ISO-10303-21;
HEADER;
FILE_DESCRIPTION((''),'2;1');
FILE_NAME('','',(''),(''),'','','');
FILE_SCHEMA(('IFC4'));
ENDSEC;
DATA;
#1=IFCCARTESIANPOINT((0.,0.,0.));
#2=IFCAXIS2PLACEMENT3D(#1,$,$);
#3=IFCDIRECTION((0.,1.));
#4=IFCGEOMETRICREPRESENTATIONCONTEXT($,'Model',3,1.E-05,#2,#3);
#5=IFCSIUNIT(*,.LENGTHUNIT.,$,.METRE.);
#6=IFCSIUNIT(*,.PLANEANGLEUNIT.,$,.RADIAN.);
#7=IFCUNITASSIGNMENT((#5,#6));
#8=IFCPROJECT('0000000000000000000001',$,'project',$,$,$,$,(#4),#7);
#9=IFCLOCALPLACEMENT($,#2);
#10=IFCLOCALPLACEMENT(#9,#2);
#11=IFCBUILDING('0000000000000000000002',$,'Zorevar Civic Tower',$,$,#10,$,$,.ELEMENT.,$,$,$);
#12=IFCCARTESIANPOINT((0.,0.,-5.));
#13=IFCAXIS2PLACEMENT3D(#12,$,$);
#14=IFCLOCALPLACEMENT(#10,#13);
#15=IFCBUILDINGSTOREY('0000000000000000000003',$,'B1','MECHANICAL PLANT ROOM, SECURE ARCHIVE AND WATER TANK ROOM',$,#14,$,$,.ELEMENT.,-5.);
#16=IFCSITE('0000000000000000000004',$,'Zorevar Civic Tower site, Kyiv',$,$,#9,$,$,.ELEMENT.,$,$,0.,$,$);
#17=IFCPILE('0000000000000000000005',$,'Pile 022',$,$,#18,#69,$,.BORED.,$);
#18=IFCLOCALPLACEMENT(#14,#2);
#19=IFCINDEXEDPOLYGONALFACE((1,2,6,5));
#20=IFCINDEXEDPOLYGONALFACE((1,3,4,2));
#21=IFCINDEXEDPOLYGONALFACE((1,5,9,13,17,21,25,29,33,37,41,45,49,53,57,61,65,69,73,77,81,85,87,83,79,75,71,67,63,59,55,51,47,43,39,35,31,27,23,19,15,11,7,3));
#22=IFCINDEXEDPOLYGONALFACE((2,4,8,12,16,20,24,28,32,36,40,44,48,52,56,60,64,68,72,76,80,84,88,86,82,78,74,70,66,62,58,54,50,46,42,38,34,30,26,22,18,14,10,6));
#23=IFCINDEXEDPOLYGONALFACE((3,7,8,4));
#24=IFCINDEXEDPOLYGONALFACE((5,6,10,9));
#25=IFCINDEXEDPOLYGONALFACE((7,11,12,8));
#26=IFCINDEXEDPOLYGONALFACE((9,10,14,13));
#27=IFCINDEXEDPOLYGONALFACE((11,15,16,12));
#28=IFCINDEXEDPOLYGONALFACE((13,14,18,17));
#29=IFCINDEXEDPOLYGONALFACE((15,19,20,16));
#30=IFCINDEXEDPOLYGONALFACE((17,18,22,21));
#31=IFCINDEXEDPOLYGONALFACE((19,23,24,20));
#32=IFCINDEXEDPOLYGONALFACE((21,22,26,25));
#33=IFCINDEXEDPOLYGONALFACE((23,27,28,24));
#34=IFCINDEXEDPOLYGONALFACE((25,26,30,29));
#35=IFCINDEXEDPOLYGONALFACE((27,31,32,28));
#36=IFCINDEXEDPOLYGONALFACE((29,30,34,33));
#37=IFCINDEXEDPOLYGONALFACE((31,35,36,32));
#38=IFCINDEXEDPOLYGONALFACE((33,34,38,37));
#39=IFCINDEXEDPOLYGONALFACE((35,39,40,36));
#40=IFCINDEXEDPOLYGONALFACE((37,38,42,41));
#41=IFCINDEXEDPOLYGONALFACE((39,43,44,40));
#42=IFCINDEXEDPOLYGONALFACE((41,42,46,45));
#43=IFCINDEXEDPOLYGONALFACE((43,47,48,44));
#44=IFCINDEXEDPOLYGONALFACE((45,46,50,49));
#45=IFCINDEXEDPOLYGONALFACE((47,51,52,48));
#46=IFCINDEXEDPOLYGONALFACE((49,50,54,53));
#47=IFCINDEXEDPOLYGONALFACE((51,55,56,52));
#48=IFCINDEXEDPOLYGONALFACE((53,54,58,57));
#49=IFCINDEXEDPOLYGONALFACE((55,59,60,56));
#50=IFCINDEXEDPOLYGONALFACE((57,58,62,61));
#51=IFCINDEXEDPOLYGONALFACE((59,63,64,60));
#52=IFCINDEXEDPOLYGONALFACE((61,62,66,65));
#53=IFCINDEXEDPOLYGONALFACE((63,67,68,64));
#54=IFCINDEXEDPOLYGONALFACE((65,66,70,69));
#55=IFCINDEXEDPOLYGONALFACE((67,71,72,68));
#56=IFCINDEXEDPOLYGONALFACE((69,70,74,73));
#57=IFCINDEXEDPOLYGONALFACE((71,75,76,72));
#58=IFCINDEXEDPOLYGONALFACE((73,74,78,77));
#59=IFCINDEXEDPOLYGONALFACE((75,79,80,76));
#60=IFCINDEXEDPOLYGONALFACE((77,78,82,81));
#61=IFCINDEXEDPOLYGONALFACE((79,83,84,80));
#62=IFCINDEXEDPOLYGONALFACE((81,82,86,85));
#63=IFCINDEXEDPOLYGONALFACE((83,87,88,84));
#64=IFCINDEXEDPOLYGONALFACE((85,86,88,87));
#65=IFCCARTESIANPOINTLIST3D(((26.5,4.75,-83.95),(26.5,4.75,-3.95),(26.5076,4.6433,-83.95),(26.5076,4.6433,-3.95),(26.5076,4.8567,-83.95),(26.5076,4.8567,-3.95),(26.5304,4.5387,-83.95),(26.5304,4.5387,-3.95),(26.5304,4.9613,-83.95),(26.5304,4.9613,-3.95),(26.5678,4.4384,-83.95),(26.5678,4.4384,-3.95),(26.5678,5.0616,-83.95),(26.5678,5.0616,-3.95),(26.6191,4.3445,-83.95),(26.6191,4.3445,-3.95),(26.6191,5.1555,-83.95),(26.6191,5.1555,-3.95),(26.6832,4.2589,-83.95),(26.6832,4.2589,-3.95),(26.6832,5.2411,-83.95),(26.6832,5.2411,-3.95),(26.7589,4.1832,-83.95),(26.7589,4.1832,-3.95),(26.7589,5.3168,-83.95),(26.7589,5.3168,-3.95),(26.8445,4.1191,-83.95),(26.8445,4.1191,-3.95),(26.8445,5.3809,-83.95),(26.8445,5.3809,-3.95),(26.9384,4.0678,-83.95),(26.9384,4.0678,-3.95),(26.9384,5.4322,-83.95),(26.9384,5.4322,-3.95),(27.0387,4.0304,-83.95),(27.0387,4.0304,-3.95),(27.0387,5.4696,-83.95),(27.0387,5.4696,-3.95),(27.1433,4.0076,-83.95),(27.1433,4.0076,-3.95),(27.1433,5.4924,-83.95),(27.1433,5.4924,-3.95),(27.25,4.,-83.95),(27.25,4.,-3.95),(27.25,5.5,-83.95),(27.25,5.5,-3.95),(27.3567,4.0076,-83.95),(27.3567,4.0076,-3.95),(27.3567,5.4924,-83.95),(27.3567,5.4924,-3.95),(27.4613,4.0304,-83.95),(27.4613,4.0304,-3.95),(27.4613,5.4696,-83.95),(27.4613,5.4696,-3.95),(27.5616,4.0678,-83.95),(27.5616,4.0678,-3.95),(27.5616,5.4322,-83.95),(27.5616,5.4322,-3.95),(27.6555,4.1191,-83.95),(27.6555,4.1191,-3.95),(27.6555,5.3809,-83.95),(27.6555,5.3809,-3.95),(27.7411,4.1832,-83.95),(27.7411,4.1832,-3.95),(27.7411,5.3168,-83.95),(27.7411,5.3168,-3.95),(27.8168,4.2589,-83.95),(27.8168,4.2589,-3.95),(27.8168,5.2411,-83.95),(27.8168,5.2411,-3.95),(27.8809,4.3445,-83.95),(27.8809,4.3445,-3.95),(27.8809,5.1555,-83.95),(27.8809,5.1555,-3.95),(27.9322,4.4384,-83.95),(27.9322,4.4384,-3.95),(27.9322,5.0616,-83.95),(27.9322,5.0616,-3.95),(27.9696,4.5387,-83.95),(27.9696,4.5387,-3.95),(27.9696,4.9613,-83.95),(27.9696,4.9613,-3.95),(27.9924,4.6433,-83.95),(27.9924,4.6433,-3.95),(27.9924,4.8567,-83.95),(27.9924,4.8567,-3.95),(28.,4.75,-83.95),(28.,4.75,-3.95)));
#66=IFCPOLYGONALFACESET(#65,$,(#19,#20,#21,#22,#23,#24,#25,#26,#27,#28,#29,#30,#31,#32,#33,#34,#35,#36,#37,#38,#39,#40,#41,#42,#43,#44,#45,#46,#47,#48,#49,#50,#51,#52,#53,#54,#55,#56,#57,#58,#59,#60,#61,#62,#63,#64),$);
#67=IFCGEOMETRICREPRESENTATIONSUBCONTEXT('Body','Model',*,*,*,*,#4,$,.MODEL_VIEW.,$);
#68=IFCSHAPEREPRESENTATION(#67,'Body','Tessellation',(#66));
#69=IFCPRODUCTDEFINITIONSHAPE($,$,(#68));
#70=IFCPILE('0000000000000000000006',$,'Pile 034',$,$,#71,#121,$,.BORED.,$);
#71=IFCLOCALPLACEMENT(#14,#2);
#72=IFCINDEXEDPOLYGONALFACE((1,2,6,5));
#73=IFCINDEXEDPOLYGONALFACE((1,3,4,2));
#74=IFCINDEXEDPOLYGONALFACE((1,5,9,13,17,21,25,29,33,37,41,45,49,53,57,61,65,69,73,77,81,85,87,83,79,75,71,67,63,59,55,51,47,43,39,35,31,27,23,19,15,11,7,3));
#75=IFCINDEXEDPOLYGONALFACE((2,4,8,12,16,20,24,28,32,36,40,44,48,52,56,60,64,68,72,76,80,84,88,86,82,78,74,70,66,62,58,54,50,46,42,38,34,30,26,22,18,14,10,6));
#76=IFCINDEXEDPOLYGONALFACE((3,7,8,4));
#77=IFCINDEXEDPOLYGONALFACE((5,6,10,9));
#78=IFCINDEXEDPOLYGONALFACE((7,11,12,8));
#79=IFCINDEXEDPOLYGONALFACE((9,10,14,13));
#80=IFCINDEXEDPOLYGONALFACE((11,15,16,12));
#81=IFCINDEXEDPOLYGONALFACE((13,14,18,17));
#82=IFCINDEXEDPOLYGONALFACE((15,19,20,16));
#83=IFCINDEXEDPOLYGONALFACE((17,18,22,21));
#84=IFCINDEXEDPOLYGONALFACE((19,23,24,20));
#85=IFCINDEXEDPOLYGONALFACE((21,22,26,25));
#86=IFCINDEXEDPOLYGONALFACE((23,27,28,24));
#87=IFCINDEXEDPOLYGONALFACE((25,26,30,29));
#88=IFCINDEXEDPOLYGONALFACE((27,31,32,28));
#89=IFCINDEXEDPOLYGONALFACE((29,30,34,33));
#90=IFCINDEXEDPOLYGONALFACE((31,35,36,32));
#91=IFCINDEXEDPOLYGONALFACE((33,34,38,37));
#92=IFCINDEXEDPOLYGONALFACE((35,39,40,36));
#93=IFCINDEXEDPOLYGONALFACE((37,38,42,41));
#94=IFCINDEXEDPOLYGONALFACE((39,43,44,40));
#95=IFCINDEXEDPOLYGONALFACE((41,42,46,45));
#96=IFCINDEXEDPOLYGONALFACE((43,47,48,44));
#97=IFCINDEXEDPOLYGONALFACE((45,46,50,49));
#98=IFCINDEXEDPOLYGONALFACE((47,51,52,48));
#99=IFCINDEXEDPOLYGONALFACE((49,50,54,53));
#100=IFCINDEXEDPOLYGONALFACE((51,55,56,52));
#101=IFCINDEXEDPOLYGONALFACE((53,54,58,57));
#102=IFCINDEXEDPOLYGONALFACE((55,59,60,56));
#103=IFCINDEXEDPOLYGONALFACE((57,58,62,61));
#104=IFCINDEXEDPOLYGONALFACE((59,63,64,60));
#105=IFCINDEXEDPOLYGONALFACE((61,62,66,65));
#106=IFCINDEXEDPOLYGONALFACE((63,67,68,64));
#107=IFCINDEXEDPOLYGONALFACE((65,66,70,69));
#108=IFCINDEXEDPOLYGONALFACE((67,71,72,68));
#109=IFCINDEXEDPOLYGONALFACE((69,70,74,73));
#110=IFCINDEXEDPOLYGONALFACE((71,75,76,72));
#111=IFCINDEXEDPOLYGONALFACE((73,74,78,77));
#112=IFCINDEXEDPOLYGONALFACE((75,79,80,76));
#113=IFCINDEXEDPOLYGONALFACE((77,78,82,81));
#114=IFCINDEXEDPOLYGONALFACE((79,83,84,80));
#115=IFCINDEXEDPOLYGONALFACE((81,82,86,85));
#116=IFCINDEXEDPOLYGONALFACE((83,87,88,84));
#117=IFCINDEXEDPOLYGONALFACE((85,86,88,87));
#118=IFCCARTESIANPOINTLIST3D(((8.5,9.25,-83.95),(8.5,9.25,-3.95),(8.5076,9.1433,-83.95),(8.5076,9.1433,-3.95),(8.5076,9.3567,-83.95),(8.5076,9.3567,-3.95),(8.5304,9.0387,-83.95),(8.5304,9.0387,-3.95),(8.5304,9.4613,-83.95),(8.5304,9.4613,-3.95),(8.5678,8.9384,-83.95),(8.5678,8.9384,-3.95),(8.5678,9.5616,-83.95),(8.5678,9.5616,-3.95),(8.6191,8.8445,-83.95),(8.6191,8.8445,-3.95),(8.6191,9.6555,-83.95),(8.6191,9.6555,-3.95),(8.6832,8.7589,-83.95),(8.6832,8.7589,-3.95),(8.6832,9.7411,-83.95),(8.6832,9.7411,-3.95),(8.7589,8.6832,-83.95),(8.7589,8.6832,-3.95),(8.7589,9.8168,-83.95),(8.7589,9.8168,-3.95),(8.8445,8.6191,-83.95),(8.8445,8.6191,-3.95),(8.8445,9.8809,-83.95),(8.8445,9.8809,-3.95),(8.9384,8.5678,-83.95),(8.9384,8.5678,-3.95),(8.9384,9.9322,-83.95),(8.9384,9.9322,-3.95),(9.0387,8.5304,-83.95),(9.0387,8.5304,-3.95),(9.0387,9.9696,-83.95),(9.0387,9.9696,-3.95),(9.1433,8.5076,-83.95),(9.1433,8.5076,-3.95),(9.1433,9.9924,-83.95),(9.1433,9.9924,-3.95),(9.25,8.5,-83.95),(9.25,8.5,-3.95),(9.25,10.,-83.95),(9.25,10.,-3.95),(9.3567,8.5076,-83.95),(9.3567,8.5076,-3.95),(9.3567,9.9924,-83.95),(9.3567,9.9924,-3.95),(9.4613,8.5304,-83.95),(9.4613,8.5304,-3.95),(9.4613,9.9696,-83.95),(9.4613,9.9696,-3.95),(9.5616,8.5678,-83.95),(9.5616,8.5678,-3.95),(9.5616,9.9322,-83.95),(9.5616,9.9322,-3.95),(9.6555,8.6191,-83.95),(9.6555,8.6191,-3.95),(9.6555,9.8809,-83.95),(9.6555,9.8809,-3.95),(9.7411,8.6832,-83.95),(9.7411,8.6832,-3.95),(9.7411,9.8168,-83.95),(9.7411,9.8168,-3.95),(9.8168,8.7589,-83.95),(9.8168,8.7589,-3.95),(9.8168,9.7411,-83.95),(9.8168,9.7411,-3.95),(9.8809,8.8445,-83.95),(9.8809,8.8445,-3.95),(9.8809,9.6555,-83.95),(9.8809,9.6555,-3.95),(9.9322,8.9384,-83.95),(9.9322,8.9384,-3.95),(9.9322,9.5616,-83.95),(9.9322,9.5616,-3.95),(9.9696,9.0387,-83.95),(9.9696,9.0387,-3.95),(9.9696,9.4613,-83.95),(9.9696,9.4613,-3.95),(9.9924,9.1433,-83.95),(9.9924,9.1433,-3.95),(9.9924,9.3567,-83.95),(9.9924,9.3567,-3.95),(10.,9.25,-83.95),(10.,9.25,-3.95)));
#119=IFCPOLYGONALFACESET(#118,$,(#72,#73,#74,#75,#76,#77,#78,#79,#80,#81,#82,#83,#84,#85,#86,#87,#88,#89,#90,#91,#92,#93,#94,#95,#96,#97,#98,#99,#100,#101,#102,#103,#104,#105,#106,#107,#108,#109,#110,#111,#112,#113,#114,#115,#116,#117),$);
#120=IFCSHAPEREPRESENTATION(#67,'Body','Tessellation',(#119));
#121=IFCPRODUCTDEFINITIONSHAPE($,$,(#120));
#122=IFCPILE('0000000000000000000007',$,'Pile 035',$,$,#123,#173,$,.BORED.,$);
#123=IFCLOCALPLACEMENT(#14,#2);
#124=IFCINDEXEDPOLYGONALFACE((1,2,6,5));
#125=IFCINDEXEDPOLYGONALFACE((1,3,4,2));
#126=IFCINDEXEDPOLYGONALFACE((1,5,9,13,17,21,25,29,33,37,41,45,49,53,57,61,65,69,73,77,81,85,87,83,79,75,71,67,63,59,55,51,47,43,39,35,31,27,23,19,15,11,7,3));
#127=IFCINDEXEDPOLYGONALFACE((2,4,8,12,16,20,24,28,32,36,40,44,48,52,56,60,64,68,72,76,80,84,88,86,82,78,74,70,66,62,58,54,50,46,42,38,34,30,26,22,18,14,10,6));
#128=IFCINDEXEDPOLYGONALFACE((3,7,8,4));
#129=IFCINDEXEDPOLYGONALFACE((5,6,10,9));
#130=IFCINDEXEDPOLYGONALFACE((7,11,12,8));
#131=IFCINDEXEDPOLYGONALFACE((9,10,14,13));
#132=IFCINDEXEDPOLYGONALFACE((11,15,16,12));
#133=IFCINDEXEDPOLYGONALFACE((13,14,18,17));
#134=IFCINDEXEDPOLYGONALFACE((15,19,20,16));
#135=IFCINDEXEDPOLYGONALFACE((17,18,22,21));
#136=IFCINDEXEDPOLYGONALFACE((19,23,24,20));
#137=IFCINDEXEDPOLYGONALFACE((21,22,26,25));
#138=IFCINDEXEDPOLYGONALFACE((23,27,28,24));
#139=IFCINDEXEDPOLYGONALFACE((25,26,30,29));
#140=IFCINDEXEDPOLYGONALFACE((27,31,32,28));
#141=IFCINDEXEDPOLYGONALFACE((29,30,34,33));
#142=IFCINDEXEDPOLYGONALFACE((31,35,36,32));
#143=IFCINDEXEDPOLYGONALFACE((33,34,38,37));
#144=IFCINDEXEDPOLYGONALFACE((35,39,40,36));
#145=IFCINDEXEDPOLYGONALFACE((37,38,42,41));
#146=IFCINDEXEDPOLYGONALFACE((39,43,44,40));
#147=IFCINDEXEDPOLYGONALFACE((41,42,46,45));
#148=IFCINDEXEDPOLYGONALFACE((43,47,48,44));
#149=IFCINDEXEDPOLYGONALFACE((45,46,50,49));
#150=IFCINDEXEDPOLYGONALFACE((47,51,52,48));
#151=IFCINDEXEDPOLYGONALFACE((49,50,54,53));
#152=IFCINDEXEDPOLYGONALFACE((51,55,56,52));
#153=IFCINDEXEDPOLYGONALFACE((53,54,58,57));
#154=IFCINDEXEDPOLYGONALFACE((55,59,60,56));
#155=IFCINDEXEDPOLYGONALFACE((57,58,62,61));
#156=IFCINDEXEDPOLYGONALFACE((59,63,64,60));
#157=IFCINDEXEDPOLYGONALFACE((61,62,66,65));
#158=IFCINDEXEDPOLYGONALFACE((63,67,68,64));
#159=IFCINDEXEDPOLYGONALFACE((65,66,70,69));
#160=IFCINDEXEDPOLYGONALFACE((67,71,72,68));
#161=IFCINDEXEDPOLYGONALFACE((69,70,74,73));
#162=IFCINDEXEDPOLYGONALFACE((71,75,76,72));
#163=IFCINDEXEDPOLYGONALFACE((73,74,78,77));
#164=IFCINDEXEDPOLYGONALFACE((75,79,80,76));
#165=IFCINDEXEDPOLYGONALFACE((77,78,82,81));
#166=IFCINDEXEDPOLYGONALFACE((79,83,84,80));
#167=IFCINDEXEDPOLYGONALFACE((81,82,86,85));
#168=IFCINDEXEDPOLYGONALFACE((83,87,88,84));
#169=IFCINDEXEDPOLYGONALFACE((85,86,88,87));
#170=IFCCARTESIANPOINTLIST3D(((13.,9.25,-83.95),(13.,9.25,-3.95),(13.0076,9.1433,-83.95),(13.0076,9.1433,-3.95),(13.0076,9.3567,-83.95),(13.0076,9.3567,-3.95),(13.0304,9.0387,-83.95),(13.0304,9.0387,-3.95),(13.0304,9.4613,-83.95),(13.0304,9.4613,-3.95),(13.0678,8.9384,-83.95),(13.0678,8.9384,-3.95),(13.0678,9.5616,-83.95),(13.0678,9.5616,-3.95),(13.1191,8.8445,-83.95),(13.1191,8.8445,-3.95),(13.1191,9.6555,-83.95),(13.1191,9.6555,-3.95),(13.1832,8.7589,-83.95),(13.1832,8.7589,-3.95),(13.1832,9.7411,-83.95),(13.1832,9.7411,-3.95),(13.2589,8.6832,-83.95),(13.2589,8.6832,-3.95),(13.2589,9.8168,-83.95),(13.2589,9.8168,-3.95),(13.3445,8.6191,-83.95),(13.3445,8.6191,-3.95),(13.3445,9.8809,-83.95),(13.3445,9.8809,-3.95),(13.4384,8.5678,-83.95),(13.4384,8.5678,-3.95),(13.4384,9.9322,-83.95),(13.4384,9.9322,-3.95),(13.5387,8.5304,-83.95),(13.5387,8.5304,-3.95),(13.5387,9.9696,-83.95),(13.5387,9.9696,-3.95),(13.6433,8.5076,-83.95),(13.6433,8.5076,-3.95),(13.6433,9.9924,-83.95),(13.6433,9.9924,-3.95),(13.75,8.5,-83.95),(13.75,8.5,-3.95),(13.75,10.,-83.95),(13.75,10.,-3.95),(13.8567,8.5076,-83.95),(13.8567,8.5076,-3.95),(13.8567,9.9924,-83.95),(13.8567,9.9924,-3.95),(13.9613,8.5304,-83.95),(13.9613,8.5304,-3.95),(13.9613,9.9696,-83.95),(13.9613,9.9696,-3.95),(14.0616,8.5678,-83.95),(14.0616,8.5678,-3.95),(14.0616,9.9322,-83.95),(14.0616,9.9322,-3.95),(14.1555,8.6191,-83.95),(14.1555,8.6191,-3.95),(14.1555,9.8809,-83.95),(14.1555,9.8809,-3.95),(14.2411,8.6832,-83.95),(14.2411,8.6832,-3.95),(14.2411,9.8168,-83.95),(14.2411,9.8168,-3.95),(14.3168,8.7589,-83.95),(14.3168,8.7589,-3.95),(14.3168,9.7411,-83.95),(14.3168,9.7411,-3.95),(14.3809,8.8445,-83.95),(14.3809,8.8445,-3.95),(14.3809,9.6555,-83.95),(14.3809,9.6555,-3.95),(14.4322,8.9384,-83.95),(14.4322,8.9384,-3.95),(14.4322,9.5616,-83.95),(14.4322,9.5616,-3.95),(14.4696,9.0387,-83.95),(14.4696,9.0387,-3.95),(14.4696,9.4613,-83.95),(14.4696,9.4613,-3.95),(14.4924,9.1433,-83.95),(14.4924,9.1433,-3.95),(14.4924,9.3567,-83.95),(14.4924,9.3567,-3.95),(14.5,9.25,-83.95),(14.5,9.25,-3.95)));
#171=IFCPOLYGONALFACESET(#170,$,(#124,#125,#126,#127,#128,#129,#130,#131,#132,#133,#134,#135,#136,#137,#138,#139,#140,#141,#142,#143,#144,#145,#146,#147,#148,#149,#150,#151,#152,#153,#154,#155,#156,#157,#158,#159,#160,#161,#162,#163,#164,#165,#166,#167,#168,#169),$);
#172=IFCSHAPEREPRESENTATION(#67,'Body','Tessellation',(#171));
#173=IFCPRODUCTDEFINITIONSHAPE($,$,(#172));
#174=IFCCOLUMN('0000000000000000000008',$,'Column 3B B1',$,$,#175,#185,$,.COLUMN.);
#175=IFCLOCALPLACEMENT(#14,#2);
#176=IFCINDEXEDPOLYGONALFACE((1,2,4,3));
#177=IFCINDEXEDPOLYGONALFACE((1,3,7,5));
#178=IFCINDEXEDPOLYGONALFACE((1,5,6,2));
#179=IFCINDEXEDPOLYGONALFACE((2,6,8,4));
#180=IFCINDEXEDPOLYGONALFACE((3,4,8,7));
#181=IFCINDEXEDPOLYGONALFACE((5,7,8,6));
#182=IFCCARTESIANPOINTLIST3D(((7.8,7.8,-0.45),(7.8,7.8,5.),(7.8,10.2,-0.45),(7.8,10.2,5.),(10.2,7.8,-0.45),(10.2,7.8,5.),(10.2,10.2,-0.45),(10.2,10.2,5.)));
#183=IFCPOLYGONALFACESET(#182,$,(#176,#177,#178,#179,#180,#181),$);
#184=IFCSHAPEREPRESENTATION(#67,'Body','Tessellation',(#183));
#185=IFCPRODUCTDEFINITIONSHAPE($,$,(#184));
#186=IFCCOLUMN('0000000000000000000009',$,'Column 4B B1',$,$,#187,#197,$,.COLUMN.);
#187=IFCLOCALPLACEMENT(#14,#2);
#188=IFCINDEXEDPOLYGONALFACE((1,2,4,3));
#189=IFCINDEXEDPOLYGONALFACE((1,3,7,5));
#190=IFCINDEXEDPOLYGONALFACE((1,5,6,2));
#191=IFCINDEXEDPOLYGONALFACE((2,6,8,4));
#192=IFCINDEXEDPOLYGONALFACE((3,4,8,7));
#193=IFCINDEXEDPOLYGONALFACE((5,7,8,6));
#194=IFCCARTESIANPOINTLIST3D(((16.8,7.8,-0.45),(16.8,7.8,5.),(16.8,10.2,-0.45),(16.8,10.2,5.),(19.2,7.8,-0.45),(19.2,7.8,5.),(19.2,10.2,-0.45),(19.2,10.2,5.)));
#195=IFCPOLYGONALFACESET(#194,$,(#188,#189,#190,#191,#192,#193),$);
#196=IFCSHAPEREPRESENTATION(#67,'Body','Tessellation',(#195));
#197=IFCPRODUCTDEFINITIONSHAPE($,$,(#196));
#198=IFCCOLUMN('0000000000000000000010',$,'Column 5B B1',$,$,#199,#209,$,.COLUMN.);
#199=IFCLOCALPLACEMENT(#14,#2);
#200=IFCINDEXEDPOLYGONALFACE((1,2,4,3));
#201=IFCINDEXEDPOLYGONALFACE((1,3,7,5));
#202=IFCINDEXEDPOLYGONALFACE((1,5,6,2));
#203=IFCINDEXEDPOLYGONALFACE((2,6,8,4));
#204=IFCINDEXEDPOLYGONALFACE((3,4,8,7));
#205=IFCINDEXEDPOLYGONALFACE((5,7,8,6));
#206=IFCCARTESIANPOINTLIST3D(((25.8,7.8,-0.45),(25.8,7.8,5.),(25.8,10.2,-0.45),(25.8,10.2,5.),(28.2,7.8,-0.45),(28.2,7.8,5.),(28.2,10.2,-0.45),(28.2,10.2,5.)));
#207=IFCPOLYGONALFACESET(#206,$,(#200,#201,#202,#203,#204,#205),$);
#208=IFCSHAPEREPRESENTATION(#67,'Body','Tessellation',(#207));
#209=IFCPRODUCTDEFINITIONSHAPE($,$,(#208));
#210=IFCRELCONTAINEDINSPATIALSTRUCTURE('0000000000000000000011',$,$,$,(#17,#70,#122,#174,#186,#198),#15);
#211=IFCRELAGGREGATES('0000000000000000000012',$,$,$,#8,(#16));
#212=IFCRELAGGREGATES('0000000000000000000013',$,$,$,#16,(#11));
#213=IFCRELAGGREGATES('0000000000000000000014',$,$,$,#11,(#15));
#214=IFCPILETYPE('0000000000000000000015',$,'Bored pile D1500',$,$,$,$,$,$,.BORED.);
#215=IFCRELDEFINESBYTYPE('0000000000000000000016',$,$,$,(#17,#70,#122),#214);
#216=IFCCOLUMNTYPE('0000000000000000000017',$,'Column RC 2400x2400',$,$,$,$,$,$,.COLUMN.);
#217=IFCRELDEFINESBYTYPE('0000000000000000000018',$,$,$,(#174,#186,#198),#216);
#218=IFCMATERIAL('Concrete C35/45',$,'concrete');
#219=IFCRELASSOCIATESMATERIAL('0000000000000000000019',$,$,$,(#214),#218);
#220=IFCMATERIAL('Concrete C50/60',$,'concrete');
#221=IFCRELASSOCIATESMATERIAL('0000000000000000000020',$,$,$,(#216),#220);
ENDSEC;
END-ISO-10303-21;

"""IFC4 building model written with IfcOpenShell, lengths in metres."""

from ifc_helpers import new_model, si_unit, direction, frame, origin, origin_2d, place, context, subcontext, project, spatial, rectangle, circle, extrude, material, material_profile, profile_set, type_object, element, save


model = new_model("IFC4")

# Units and contexts
model_context = context("Model", 3, precision=1e-05, world=origin(), true_north=direction((0.0, 1.0)))
body_context = subcontext(model_context, "Body", "Model", "MODEL_VIEW")
ifc_project = project(units=[si_unit("LENGTHUNIT", "METRE"), si_unit("PLANEANGLEUNIT", "RADIAN")], contexts=[model_context])

# Site, building, storey
site_placement = place(None, origin())
site = spatial("IfcSite", under=ifc_project, at=site_placement, Name="Zorevar Civic Tower site, Kyiv", CompositionType="ELEMENT", RefElevation=0.0)
building_placement = place(site_placement, origin())
building = spatial("IfcBuilding", under=site, at=building_placement, Name="Zorevar Civic Tower", CompositionType="ELEMENT")
storey_placement = place(building_placement, frame((0.0, 0.0, -5.0)))
storey = spatial("IfcBuildingStorey", under=building, at=storey_placement, Name="B1", Description="MECHANICAL PLANT ROOM, SECURE ARCHIVE AND WATER TANK ROOM", CompositionType="ELEMENT", Elevation=-5.0)

# Piles
ifc_material_1 = material(Name="Concrete C35/45", Category="concrete")
pile_type = type_object("IfcPileType", Name="Bored pile D1500", PredefinedType="BORED", material=ifc_material_1)
for number, where, z_axis, x_axis, name in (
    (1, (27.25, 4.75, -3.95), (0.0, 0.0, -1.0), (1.0, 0.0, 0.0), "Pile 022"),
    (2, (9.25, 9.25, -3.95), (0.0, 0.0, -1.0), (1.0, 0.0, 0.0), "Pile 034"),
    (3, (13.75, 9.25, -3.95), (0.0, 0.0, -1.0), (1.0, 0.0, 0.0), "Pile 035"),
):
    element("IfcPile", number, at=place(storey_placement, frame(where, z_axis=z_axis, x_axis=x_axis)), inside=storey, type_object=pile_type, Name=name, PredefinedType="BORED", context=body_context, shape_type="SweptSolid", body=[
        extrude(circle(Radius=0.75, at=origin_2d()), origin(), (0.0, 0.0, 1.0), 80.0),
    ])

# Columns
ifc_material_2 = material(Name="Concrete C50/60", Category="concrete")
ifc_material_profile_1 = material_profile(ifc_material_2, rectangle(XDim=2.3999, YDim=2.3999, at=origin_2d()), Name="RC 2400x2400")
ifc_profile_set_1 = profile_set([ifc_material_profile_1], Name="Concrete C50/60")
column_type_1 = type_object("IfcColumnType", Name="Column RC 2400x2400", PredefinedType="COLUMN", material=ifc_profile_set_1)
for number, where, z_axis, x_axis, name in (
    (4, (9.0, 9.0, -0.45), (0.0, 0.0, 1.0), (1.0, 0.0, 0.0), "Column 3B B1"),
    (5, (18.0, 9.0, -0.45), (0.0, 0.0, 1.0), (1.0, 0.0, 0.0), "Column 4B B1"),
    (6, (27.0, 9.0, -0.45), (0.0, 0.0, 1.0), (1.0, 0.0, 0.0), "Column 5B B1"),
):
    element("IfcColumn", number, at=place(storey_placement, frame(where, z_axis=z_axis, x_axis=x_axis)), inside=storey, type_object=column_type_1, Name=name, PredefinedType="COLUMN", context=body_context, shape_type="SweptSolid", body=[
        extrude(rectangle(XDim=2.3999, YDim=2.3999, at=origin_2d()), origin(), (0.0, 0.0, 1.0), 5.45),
    ])

save(model, "model.ifc")
